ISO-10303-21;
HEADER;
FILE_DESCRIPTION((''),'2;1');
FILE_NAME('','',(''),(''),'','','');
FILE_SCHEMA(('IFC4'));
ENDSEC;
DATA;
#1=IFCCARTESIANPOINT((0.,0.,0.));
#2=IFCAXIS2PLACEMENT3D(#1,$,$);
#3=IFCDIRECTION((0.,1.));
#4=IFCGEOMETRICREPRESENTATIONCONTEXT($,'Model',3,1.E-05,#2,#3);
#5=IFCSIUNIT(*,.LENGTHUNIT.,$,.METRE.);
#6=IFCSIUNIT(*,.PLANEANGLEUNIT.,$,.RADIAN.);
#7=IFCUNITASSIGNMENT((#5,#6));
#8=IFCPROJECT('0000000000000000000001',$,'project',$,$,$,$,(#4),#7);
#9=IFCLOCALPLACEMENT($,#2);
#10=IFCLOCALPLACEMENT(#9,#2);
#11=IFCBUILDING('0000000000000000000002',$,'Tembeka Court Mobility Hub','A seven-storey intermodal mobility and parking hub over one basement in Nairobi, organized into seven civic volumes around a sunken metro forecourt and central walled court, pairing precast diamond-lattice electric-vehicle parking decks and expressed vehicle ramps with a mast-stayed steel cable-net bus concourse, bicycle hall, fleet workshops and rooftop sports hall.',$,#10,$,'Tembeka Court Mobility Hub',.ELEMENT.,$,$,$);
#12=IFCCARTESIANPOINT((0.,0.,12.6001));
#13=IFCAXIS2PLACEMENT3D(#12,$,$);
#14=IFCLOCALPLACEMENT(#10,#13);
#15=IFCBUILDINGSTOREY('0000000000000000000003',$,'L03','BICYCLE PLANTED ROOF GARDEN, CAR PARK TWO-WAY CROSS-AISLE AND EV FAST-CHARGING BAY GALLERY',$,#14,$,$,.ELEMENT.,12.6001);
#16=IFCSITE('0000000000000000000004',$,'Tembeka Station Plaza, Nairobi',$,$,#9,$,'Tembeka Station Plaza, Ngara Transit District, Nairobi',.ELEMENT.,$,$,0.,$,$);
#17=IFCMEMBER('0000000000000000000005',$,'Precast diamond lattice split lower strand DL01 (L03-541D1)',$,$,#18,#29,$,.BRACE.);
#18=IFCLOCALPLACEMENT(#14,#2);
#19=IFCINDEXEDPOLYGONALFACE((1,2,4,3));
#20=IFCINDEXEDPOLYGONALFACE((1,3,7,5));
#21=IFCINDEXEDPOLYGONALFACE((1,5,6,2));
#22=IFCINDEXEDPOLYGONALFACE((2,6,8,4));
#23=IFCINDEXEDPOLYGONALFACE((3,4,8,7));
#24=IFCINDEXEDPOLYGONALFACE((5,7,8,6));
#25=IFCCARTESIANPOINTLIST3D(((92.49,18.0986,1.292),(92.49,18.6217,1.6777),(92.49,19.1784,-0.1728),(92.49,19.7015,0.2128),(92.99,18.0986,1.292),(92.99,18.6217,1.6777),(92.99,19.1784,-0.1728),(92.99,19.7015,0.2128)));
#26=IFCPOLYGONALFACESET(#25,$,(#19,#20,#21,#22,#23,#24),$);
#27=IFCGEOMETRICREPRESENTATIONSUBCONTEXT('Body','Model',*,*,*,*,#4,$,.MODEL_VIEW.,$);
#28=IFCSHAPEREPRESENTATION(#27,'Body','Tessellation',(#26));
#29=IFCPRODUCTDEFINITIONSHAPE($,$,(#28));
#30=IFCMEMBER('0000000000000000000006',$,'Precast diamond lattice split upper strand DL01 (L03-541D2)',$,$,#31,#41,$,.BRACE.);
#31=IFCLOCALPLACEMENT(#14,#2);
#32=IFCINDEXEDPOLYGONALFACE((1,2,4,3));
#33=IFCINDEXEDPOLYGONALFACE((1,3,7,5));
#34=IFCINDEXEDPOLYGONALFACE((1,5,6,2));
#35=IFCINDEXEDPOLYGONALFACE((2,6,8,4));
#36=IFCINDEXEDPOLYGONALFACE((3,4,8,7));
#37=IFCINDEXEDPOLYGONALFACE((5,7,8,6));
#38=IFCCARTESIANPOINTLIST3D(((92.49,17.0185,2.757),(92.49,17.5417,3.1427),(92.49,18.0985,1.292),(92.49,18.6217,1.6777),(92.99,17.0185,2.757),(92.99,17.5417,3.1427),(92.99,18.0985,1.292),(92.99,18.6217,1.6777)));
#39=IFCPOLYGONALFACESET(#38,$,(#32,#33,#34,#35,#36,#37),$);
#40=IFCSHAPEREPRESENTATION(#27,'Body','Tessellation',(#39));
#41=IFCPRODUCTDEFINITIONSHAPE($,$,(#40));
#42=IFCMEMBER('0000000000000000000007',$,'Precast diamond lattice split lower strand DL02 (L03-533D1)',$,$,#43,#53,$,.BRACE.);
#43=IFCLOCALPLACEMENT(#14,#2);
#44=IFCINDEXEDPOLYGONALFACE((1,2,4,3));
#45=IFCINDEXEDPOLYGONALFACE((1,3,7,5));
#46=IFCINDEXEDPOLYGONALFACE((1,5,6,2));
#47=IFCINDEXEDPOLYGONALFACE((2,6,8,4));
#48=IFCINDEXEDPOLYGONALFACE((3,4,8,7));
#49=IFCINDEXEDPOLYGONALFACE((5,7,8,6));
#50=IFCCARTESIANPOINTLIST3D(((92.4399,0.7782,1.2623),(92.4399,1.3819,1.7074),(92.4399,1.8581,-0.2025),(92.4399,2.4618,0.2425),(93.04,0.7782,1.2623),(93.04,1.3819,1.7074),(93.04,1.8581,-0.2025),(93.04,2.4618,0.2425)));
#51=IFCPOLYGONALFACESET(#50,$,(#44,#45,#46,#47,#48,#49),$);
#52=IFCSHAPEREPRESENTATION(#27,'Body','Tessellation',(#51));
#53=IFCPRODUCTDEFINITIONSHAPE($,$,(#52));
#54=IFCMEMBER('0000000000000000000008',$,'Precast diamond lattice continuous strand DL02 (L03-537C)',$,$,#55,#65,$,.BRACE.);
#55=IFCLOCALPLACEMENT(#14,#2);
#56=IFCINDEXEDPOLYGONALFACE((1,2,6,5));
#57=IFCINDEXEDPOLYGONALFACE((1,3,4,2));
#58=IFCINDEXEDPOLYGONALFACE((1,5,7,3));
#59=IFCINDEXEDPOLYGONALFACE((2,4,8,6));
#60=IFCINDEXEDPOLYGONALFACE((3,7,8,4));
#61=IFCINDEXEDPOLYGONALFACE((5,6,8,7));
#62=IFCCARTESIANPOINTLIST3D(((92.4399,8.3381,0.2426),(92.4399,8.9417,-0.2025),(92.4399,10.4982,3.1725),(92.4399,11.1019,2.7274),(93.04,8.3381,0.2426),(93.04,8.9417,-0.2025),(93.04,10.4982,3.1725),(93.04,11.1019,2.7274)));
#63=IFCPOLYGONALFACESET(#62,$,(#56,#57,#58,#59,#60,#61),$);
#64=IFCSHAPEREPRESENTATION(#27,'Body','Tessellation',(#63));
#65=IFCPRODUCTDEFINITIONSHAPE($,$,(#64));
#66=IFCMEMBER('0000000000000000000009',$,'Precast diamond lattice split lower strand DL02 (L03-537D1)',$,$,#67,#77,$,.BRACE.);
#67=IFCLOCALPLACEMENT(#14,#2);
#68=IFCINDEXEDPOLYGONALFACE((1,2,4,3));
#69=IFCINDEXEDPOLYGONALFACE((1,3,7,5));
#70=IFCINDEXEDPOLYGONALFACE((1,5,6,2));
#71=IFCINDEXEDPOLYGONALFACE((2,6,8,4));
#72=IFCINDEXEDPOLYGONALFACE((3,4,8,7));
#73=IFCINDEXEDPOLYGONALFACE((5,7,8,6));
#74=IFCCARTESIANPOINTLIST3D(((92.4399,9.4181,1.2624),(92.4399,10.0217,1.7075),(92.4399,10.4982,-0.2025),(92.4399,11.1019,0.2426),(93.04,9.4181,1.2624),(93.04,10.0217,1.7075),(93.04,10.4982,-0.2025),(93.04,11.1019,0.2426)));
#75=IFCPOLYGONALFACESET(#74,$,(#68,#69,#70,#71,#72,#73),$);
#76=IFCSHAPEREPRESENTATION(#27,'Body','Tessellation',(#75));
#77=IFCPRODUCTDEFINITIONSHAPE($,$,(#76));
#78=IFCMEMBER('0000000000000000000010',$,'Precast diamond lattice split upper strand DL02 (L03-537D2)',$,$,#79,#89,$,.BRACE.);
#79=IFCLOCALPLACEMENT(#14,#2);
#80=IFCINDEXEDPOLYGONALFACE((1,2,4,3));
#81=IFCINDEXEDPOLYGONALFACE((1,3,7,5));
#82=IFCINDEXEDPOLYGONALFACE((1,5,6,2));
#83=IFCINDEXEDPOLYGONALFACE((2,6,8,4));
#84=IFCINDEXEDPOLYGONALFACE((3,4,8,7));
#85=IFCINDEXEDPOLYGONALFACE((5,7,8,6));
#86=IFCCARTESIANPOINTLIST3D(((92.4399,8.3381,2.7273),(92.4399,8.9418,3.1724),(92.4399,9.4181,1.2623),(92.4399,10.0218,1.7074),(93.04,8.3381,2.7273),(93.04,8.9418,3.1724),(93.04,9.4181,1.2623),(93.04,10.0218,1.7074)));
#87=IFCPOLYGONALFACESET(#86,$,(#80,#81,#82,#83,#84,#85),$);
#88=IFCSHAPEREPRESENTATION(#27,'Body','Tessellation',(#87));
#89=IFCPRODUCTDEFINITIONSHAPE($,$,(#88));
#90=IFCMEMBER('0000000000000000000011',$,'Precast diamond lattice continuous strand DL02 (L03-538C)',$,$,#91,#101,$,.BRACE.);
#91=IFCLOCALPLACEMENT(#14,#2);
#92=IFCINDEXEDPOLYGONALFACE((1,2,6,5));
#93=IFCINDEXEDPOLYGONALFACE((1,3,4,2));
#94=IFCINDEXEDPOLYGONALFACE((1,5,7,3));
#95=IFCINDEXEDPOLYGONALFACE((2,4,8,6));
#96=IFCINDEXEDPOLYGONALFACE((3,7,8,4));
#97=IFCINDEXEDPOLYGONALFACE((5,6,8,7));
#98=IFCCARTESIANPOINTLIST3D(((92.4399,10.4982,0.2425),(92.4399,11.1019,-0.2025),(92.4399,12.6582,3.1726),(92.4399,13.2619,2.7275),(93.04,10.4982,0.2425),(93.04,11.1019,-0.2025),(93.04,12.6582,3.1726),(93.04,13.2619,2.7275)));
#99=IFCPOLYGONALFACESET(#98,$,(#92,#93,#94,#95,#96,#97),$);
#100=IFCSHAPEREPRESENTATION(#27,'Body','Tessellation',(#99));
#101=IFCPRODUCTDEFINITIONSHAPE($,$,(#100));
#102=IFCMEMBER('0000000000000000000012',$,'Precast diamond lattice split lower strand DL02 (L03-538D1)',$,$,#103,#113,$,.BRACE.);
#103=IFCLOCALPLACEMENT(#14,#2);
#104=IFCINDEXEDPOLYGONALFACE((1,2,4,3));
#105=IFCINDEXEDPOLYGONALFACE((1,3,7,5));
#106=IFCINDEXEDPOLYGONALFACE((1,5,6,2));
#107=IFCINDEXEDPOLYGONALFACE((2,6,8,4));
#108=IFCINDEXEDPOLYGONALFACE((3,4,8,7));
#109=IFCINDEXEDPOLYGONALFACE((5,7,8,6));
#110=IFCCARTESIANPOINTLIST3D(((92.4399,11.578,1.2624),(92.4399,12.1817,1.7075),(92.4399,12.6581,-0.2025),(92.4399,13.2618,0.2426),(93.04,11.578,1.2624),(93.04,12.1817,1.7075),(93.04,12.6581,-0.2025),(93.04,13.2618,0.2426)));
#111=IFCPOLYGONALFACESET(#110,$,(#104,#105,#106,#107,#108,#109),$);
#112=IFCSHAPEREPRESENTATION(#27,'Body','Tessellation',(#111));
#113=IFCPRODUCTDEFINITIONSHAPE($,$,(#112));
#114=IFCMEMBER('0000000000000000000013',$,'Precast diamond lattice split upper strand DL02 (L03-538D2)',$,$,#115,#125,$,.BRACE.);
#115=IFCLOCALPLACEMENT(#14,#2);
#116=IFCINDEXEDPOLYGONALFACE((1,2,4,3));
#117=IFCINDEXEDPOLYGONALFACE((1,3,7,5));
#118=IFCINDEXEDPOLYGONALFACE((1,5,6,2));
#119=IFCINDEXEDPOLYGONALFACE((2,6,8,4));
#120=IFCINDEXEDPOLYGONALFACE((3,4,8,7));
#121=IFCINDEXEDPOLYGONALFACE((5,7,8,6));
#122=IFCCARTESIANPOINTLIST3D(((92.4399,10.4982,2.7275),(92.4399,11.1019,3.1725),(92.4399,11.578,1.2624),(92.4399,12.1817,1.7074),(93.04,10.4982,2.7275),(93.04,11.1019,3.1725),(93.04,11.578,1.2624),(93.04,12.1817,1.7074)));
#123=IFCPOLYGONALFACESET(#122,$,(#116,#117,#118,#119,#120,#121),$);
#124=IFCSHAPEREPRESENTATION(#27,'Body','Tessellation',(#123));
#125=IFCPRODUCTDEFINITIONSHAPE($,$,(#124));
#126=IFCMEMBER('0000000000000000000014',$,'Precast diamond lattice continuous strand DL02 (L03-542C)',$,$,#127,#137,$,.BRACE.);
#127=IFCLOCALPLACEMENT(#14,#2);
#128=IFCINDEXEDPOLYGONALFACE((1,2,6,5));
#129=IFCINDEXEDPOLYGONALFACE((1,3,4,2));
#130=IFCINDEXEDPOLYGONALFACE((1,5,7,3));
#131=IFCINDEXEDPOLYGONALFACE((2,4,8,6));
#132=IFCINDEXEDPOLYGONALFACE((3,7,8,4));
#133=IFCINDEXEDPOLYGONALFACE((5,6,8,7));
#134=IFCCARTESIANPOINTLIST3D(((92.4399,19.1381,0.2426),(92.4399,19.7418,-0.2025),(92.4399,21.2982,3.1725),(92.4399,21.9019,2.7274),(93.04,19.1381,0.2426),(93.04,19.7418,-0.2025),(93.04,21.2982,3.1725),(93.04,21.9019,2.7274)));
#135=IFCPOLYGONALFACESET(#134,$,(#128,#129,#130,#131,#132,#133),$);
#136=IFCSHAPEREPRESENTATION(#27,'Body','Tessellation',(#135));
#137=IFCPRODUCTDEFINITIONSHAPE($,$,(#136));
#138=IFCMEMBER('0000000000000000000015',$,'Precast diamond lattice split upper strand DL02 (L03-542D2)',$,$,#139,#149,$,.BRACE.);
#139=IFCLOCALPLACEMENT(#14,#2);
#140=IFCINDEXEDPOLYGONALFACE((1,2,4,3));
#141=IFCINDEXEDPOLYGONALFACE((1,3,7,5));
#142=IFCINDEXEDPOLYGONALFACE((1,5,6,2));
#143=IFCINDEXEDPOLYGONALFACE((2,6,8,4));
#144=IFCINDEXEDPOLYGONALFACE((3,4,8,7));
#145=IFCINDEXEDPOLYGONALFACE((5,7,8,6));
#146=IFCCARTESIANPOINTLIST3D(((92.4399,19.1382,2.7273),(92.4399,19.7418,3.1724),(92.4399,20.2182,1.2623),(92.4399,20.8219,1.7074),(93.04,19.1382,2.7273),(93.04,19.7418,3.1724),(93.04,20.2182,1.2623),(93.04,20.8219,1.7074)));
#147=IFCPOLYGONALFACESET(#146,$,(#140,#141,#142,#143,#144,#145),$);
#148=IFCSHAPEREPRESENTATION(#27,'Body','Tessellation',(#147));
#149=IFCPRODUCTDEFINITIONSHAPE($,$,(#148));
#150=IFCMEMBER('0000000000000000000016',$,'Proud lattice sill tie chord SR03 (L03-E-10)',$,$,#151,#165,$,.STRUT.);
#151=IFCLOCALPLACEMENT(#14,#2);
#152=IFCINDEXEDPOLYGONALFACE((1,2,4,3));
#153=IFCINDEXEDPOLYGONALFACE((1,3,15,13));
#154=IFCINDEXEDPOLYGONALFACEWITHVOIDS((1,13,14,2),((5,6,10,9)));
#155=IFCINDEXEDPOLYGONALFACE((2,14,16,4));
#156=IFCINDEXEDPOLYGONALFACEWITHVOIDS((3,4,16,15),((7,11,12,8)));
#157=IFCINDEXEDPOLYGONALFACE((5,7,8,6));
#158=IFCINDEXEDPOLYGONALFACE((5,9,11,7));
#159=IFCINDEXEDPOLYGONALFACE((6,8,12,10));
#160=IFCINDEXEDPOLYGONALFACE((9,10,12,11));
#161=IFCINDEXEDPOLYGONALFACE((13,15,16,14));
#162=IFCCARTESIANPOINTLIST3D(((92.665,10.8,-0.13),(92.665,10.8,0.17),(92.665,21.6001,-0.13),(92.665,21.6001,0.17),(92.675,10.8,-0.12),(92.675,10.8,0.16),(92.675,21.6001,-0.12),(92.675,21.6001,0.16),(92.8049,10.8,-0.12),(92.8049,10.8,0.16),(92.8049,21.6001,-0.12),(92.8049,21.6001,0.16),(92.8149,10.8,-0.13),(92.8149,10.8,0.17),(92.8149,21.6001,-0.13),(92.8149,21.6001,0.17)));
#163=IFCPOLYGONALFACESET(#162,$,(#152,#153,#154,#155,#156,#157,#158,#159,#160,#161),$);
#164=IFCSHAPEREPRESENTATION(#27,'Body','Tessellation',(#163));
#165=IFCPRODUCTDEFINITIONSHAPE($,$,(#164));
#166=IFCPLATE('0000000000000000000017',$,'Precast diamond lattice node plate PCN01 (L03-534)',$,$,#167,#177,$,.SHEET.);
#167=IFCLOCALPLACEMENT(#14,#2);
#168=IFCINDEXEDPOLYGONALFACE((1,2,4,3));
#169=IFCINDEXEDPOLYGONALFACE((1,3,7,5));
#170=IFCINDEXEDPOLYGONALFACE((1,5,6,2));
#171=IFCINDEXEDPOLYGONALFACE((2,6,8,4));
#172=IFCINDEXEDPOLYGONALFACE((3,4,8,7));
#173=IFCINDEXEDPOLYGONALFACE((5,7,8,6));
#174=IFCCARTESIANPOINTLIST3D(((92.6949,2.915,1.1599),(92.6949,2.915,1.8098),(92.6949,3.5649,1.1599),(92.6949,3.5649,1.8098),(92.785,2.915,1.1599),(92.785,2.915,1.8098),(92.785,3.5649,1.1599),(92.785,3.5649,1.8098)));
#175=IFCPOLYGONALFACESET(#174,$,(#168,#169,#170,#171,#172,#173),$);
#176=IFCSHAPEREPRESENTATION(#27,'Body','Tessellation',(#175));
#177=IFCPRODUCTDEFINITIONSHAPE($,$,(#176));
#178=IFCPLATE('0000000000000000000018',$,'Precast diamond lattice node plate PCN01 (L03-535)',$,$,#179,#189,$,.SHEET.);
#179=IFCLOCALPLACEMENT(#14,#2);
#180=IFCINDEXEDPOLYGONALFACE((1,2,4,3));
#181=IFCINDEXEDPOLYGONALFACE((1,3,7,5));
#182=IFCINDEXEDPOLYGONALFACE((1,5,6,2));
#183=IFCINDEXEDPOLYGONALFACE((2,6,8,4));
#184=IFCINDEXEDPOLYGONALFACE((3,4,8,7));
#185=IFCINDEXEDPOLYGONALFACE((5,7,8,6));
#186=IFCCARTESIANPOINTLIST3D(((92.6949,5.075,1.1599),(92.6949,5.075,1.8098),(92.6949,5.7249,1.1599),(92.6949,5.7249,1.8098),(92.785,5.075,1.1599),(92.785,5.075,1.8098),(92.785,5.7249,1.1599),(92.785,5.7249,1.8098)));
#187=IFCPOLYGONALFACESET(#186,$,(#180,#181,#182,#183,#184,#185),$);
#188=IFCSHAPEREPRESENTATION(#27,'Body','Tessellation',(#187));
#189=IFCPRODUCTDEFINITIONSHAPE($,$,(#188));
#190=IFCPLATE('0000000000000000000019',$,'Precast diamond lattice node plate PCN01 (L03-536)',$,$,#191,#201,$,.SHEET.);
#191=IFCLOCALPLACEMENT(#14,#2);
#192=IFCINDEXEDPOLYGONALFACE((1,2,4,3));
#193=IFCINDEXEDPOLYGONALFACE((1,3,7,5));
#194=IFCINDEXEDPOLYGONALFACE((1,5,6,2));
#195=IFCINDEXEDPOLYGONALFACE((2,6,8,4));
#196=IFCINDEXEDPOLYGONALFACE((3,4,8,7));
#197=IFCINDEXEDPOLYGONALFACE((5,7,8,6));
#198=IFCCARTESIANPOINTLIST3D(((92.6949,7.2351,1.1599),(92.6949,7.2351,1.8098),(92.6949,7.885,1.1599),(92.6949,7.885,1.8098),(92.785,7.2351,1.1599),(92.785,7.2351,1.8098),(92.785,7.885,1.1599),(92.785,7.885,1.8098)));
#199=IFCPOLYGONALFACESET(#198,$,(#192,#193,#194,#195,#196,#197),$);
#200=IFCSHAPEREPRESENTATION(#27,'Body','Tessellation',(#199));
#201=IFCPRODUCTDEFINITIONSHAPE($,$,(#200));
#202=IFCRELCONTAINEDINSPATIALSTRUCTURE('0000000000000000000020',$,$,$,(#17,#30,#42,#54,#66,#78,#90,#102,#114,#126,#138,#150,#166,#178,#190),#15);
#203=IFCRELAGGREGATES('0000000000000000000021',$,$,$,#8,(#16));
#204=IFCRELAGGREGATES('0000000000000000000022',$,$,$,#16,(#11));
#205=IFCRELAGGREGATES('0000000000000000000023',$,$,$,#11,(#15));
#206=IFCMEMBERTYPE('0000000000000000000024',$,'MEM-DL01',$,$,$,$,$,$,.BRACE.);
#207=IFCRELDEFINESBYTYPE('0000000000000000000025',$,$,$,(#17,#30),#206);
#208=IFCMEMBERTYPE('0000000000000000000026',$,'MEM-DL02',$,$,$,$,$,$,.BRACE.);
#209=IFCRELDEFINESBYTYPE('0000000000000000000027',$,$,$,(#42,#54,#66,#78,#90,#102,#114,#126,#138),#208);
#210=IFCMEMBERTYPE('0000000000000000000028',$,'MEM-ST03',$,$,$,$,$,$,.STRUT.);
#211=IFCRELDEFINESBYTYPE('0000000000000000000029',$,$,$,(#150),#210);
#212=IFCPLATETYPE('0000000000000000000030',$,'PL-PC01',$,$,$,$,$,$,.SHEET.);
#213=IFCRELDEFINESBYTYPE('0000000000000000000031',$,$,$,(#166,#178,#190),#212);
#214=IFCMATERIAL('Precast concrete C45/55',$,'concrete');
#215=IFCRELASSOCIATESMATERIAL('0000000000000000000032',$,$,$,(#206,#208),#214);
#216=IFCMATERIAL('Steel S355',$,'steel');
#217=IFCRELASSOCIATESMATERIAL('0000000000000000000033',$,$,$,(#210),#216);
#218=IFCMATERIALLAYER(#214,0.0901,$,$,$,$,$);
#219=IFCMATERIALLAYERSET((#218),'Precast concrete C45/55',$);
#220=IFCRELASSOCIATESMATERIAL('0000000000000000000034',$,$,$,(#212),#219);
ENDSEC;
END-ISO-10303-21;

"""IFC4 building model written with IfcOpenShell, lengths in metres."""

from ifc_helpers import new_model, si_unit, direction, frame, origin, origin_2d, place, context, subcontext, project, spatial, rectangle, hollow_rectangle, extrude, material, layer, layer_set, material_profile, profile_set, type_object, element, save


model = new_model("IFC4")

# Units and contexts
model_context = context("Model", 3, precision=1e-05, world=origin(), true_north=direction((0.0, 1.0)))
body_context = subcontext(model_context, "Body", "Model", "MODEL_VIEW")
ifc_project = project(units=[si_unit("LENGTHUNIT", "METRE"), si_unit("PLANEANGLEUNIT", "RADIAN")], contexts=[model_context])

# Site, building, storey
site_placement = place(None, origin())
site = spatial("IfcSite", under=ifc_project, at=site_placement, Name="Tembeka Station Plaza, Nairobi", LongName="Tembeka Station Plaza, Ngara Transit District, Nairobi", CompositionType="ELEMENT", RefElevation=0.0)
building_placement = place(site_placement, origin())
building = spatial("IfcBuilding", under=site, at=building_placement, Name="Tembeka Court Mobility Hub", Description="A seven-storey intermodal mobility and parking hub over one basement in Nairobi, organized into seven civic volumes around a sunken metro forecourt and central walled court, pairing precast diamond-lattice electric-vehicle parking decks and expressed vehicle ramps with a mast-stayed steel cable-net bus concourse, bicycle hall, fleet workshops and rooftop sports hall.", LongName="Tembeka Court Mobility Hub", CompositionType="ELEMENT")
storey_placement = place(building_placement, frame((0.0, 0.0, 12.6001)))
storey = spatial("IfcBuildingStorey", under=building, at=storey_placement, Name="L03", Description="BICYCLE PLANTED ROOF GARDEN, CAR PARK TWO-WAY CROSS-AISLE AND EV FAST-CHARGING BAY GALLERY", CompositionType="ELEMENT", Elevation=12.6001)

# Members
ifc_material_1 = material(Name="Precast concrete C45/55", Category="concrete")
ifc_material_profile_1 = material_profile(ifc_material_1, rectangle(XDim=0.5, YDim=0.6499, at=origin_2d()), Name="PC-DIAG 500x650")
ifc_profile_set_1 = profile_set([ifc_material_profile_1], Name="Precast concrete C45/55")
member_type_1 = type_object("IfcMemberType", Name="MEM-DL01", PredefinedType="BRACE", material=ifc_profile_set_1)
member_1_placement = place(storey_placement, frame((92.74, 19.4399, 0.02), z_axis=(0.0, -0.593368, 0.804931), x_axis=(1.0, 0.0, 0.0)))
element("IfcMember", 1, at=member_1_placement, inside=storey, type_object=member_type_1, Name="Precast diamond lattice split lower strand DL01 (L03-541D1)", PredefinedType="BRACE", context=body_context, shape_type="SweptSolid", body=[
    extrude(rectangle(XDim=0.5, YDim=0.6499, at=origin_2d()), origin(), (0.0, 0.0, 1.0), 1.8198),
])
member_2_placement = place(storey_placement, frame((92.74, 18.3601, 1.4849), z_axis=(0.0, -0.593391, 0.804914), x_axis=(1.0, 0.0, 0.0)))
element("IfcMember", 2, at=member_2_placement, inside=storey, type_object=member_type_1, Name="Precast diamond lattice split upper strand DL01 (L03-541D2)", PredefinedType="BRACE", context=body_context, shape_type="SweptSolid", body=[
    extrude(rectangle(XDim=0.5, YDim=0.6499, at=origin_2d()), origin(), (0.0, 0.0, 1.0), 1.8201),
])
ifc_material_profile_2 = material_profile(ifc_material_1, rectangle(XDim=0.6001, YDim=0.75, at=origin_2d()), Name="PC-DIAG 600x750")
ifc_profile_set_2 = profile_set([ifc_material_profile_2], Name="Precast concrete C45/55")
member_type_2 = type_object("IfcMemberType", Name="MEM-DL02", PredefinedType="BRACE", material=ifc_profile_set_2)
member_3_placement = place(storey_placement, frame((92.74, 2.1599, 0.02), z_axis=(0.0, -0.593368, 0.804931), x_axis=(1.0, 0.0, 0.0)))
element("IfcMember", 3, at=member_3_placement, inside=storey, type_object=member_type_2, Name="Precast diamond lattice split lower strand DL02 (L03-533D1)", PredefinedType="BRACE", context=body_context, shape_type="SweptSolid", body=[
    extrude(rectangle(XDim=0.6001, YDim=0.75, at=origin_2d()), origin(), (0.0, 0.0, 1.0), 1.8198),
])
member_4_placement = place(storey_placement, frame((92.74, 8.6399, 0.02), z_axis=(0.0, 0.593423, 0.804891), x_axis=(-1.0, 0.0, 0.0)))
element("IfcMember", 4, at=member_4_placement, inside=storey, type_object=member_type_2, Name="Precast diamond lattice continuous strand DL02 (L03-537C)", PredefinedType="BRACE", context=body_context, shape_type="SweptSolid", body=[
    extrude(rectangle(XDim=0.6001, YDim=0.75, at=origin_2d()), origin(), (0.0, 0.0, 1.0), 3.6401),
])
for number, where, z_axis, x_axis, name in (
    (5, (92.74, 10.8, 0.02), (0.0, -0.593455, 0.804867), (1.0, 0.0, 0.0), "Precast diamond lattice split lower strand DL02 (L03-537D1)"),
    (6, (92.74, 9.72, 1.4849), (0.0, -0.593391, 0.804914), (1.0, 0.0, 0.0), "Precast diamond lattice split upper strand DL02 (L03-537D2)"),
):
    element("IfcMember", number, at=place(storey_placement, frame(where, z_axis=z_axis, x_axis=x_axis)), inside=storey, type_object=member_type_2, Name=name, PredefinedType="BRACE", context=body_context, shape_type="SweptSolid", body=[
        extrude(rectangle(XDim=0.6001, YDim=0.75, at=origin_2d()), origin(), (0.0, 0.0, 1.0), 1.8201),
    ])
member_5_placement = place(storey_placement, frame((92.74, 10.8, 0.02), z_axis=(0.0, 0.59338, 0.804923), x_axis=(-1.0, 0.0, 0.0)))
element("IfcMember", 7, at=member_5_placement, inside=storey, type_object=member_type_2, Name="Precast diamond lattice continuous strand DL02 (L03-538C)", PredefinedType="BRACE", context=body_context, shape_type="SweptSolid", body=[
    extrude(rectangle(XDim=0.6001, YDim=0.75, at=origin_2d()), origin(), (0.0, 0.0, 1.0), 3.6401),
])
for number, where, z_axis, x_axis, name in (
    (8, (92.74, 12.96, 0.02), (0.0, -0.593455, 0.804867), (1.0, 0.0, 0.0), "Precast diamond lattice split lower strand DL02 (L03-538D1)"),
    (9, (92.74, 11.8799, 1.4849), (0.0, -0.593304, 0.804978), (1.0, 0.0, 0.0), "Precast diamond lattice split upper strand DL02 (L03-538D2)"),
):
    element("IfcMember", number, at=place(storey_placement, frame(where, z_axis=z_axis, x_axis=x_axis)), inside=storey, type_object=member_type_2, Name=name, PredefinedType="BRACE", context=body_context, shape_type="SweptSolid", body=[
        extrude(rectangle(XDim=0.6001, YDim=0.75, at=origin_2d()), origin(), (0.0, 0.0, 1.0), 1.8201),
    ])
member_6_placement = place(storey_placement, frame((92.74, 19.4399, 0.02), z_axis=(0.0, 0.593423, 0.804891), x_axis=(-1.0, 0.0, 0.0)))
element("IfcMember", 10, at=member_6_placement, inside=storey, type_object=member_type_2, Name="Precast diamond lattice continuous strand DL02 (L03-542C)", PredefinedType="BRACE", context=body_context, shape_type="SweptSolid", body=[
    extrude(rectangle(XDim=0.6001, YDim=0.75, at=origin_2d()), origin(), (0.0, 0.0, 1.0), 3.6401),
])
member_7_placement = place(storey_placement, frame((92.74, 20.52, 1.4849), z_axis=(0.0, -0.593391, 0.804914), x_axis=(1.0, 0.0, 0.0)))
element("IfcMember", 11, at=member_7_placement, inside=storey, type_object=member_type_2, Name="Precast diamond lattice split upper strand DL02 (L03-542D2)", PredefinedType="BRACE", context=body_context, shape_type="SweptSolid", body=[
    extrude(rectangle(XDim=0.6001, YDim=0.75, at=origin_2d()), origin(), (0.0, 0.0, 1.0), 1.8201),
])
ifc_material_2 = material(Name="Steel S355", Category="steel")
ifc_material_profile_3 = material_profile(ifc_material_2, hollow_rectangle(XDim=0.1499, YDim=0.3, WallThickness=0.01, at=origin_2d()), Name="RHS 300x150x10")
ifc_profile_set_3 = profile_set([ifc_material_profile_3], Name="Steel S355")
member_type_3 = type_object("IfcMemberType", Name="MEM-ST03", PredefinedType="STRUT", material=ifc_profile_set_3)
member_8_placement = place(storey_placement, frame((92.74, 10.8, 0.02), z_axis=(0.0, 1.0, 0.0), x_axis=(-1.0, 0.0, 0.0)))
element("IfcMember", 12, at=member_8_placement, inside=storey, type_object=member_type_3, Name="Proud lattice sill tie chord SR03 (L03-E-10)", PredefinedType="STRUT", context=body_context, shape_type="SweptSolid", body=[
    extrude(hollow_rectangle(XDim=0.1499, YDim=0.3, WallThickness=0.01, at=origin_2d()), origin(), (0.0, 0.0, 1.0), 10.8),
])

# Plates
ifc_layer = layer(ifc_material_1, 0.0901)
ifc_layer_set = layer_set([ifc_layer], Name="Precast concrete C45/55")
plate_type = type_object("IfcPlateType", Name="PL-PC01", PredefinedType="SHEET", material=ifc_layer_set)
for number, where, z_axis, x_axis, name in (
    (13, (92.74, 3.24, 1.1599), (0.0, 0.0, 1.0), (1.0, 0.0, 0.0), "Precast diamond lattice node plate PCN01 (L03-534)"),
    (14, (92.74, 5.3999, 1.1599), (0.0, 0.0, 1.0), (1.0, 0.0, 0.0), "Precast diamond lattice node plate PCN01 (L03-535)"),
    (15, (92.74, 7.5601, 1.1599), (0.0, 0.0, 1.0), (1.0, 0.0, 0.0), "Precast diamond lattice node plate PCN01 (L03-536)"),
):
    element("IfcPlate", number, at=place(storey_placement, frame(where, z_axis=z_axis, x_axis=x_axis)), inside=storey, type_object=plate_type, Name=name, PredefinedType="SHEET", context=body_context, shape_type="SweptSolid", body=[
        extrude(rectangle(XDim=0.0901, YDim=0.6499, at=origin_2d()), origin(), (0.0, 0.0, 1.0), 0.6499),
    ])

save(model, "model.ifc")
